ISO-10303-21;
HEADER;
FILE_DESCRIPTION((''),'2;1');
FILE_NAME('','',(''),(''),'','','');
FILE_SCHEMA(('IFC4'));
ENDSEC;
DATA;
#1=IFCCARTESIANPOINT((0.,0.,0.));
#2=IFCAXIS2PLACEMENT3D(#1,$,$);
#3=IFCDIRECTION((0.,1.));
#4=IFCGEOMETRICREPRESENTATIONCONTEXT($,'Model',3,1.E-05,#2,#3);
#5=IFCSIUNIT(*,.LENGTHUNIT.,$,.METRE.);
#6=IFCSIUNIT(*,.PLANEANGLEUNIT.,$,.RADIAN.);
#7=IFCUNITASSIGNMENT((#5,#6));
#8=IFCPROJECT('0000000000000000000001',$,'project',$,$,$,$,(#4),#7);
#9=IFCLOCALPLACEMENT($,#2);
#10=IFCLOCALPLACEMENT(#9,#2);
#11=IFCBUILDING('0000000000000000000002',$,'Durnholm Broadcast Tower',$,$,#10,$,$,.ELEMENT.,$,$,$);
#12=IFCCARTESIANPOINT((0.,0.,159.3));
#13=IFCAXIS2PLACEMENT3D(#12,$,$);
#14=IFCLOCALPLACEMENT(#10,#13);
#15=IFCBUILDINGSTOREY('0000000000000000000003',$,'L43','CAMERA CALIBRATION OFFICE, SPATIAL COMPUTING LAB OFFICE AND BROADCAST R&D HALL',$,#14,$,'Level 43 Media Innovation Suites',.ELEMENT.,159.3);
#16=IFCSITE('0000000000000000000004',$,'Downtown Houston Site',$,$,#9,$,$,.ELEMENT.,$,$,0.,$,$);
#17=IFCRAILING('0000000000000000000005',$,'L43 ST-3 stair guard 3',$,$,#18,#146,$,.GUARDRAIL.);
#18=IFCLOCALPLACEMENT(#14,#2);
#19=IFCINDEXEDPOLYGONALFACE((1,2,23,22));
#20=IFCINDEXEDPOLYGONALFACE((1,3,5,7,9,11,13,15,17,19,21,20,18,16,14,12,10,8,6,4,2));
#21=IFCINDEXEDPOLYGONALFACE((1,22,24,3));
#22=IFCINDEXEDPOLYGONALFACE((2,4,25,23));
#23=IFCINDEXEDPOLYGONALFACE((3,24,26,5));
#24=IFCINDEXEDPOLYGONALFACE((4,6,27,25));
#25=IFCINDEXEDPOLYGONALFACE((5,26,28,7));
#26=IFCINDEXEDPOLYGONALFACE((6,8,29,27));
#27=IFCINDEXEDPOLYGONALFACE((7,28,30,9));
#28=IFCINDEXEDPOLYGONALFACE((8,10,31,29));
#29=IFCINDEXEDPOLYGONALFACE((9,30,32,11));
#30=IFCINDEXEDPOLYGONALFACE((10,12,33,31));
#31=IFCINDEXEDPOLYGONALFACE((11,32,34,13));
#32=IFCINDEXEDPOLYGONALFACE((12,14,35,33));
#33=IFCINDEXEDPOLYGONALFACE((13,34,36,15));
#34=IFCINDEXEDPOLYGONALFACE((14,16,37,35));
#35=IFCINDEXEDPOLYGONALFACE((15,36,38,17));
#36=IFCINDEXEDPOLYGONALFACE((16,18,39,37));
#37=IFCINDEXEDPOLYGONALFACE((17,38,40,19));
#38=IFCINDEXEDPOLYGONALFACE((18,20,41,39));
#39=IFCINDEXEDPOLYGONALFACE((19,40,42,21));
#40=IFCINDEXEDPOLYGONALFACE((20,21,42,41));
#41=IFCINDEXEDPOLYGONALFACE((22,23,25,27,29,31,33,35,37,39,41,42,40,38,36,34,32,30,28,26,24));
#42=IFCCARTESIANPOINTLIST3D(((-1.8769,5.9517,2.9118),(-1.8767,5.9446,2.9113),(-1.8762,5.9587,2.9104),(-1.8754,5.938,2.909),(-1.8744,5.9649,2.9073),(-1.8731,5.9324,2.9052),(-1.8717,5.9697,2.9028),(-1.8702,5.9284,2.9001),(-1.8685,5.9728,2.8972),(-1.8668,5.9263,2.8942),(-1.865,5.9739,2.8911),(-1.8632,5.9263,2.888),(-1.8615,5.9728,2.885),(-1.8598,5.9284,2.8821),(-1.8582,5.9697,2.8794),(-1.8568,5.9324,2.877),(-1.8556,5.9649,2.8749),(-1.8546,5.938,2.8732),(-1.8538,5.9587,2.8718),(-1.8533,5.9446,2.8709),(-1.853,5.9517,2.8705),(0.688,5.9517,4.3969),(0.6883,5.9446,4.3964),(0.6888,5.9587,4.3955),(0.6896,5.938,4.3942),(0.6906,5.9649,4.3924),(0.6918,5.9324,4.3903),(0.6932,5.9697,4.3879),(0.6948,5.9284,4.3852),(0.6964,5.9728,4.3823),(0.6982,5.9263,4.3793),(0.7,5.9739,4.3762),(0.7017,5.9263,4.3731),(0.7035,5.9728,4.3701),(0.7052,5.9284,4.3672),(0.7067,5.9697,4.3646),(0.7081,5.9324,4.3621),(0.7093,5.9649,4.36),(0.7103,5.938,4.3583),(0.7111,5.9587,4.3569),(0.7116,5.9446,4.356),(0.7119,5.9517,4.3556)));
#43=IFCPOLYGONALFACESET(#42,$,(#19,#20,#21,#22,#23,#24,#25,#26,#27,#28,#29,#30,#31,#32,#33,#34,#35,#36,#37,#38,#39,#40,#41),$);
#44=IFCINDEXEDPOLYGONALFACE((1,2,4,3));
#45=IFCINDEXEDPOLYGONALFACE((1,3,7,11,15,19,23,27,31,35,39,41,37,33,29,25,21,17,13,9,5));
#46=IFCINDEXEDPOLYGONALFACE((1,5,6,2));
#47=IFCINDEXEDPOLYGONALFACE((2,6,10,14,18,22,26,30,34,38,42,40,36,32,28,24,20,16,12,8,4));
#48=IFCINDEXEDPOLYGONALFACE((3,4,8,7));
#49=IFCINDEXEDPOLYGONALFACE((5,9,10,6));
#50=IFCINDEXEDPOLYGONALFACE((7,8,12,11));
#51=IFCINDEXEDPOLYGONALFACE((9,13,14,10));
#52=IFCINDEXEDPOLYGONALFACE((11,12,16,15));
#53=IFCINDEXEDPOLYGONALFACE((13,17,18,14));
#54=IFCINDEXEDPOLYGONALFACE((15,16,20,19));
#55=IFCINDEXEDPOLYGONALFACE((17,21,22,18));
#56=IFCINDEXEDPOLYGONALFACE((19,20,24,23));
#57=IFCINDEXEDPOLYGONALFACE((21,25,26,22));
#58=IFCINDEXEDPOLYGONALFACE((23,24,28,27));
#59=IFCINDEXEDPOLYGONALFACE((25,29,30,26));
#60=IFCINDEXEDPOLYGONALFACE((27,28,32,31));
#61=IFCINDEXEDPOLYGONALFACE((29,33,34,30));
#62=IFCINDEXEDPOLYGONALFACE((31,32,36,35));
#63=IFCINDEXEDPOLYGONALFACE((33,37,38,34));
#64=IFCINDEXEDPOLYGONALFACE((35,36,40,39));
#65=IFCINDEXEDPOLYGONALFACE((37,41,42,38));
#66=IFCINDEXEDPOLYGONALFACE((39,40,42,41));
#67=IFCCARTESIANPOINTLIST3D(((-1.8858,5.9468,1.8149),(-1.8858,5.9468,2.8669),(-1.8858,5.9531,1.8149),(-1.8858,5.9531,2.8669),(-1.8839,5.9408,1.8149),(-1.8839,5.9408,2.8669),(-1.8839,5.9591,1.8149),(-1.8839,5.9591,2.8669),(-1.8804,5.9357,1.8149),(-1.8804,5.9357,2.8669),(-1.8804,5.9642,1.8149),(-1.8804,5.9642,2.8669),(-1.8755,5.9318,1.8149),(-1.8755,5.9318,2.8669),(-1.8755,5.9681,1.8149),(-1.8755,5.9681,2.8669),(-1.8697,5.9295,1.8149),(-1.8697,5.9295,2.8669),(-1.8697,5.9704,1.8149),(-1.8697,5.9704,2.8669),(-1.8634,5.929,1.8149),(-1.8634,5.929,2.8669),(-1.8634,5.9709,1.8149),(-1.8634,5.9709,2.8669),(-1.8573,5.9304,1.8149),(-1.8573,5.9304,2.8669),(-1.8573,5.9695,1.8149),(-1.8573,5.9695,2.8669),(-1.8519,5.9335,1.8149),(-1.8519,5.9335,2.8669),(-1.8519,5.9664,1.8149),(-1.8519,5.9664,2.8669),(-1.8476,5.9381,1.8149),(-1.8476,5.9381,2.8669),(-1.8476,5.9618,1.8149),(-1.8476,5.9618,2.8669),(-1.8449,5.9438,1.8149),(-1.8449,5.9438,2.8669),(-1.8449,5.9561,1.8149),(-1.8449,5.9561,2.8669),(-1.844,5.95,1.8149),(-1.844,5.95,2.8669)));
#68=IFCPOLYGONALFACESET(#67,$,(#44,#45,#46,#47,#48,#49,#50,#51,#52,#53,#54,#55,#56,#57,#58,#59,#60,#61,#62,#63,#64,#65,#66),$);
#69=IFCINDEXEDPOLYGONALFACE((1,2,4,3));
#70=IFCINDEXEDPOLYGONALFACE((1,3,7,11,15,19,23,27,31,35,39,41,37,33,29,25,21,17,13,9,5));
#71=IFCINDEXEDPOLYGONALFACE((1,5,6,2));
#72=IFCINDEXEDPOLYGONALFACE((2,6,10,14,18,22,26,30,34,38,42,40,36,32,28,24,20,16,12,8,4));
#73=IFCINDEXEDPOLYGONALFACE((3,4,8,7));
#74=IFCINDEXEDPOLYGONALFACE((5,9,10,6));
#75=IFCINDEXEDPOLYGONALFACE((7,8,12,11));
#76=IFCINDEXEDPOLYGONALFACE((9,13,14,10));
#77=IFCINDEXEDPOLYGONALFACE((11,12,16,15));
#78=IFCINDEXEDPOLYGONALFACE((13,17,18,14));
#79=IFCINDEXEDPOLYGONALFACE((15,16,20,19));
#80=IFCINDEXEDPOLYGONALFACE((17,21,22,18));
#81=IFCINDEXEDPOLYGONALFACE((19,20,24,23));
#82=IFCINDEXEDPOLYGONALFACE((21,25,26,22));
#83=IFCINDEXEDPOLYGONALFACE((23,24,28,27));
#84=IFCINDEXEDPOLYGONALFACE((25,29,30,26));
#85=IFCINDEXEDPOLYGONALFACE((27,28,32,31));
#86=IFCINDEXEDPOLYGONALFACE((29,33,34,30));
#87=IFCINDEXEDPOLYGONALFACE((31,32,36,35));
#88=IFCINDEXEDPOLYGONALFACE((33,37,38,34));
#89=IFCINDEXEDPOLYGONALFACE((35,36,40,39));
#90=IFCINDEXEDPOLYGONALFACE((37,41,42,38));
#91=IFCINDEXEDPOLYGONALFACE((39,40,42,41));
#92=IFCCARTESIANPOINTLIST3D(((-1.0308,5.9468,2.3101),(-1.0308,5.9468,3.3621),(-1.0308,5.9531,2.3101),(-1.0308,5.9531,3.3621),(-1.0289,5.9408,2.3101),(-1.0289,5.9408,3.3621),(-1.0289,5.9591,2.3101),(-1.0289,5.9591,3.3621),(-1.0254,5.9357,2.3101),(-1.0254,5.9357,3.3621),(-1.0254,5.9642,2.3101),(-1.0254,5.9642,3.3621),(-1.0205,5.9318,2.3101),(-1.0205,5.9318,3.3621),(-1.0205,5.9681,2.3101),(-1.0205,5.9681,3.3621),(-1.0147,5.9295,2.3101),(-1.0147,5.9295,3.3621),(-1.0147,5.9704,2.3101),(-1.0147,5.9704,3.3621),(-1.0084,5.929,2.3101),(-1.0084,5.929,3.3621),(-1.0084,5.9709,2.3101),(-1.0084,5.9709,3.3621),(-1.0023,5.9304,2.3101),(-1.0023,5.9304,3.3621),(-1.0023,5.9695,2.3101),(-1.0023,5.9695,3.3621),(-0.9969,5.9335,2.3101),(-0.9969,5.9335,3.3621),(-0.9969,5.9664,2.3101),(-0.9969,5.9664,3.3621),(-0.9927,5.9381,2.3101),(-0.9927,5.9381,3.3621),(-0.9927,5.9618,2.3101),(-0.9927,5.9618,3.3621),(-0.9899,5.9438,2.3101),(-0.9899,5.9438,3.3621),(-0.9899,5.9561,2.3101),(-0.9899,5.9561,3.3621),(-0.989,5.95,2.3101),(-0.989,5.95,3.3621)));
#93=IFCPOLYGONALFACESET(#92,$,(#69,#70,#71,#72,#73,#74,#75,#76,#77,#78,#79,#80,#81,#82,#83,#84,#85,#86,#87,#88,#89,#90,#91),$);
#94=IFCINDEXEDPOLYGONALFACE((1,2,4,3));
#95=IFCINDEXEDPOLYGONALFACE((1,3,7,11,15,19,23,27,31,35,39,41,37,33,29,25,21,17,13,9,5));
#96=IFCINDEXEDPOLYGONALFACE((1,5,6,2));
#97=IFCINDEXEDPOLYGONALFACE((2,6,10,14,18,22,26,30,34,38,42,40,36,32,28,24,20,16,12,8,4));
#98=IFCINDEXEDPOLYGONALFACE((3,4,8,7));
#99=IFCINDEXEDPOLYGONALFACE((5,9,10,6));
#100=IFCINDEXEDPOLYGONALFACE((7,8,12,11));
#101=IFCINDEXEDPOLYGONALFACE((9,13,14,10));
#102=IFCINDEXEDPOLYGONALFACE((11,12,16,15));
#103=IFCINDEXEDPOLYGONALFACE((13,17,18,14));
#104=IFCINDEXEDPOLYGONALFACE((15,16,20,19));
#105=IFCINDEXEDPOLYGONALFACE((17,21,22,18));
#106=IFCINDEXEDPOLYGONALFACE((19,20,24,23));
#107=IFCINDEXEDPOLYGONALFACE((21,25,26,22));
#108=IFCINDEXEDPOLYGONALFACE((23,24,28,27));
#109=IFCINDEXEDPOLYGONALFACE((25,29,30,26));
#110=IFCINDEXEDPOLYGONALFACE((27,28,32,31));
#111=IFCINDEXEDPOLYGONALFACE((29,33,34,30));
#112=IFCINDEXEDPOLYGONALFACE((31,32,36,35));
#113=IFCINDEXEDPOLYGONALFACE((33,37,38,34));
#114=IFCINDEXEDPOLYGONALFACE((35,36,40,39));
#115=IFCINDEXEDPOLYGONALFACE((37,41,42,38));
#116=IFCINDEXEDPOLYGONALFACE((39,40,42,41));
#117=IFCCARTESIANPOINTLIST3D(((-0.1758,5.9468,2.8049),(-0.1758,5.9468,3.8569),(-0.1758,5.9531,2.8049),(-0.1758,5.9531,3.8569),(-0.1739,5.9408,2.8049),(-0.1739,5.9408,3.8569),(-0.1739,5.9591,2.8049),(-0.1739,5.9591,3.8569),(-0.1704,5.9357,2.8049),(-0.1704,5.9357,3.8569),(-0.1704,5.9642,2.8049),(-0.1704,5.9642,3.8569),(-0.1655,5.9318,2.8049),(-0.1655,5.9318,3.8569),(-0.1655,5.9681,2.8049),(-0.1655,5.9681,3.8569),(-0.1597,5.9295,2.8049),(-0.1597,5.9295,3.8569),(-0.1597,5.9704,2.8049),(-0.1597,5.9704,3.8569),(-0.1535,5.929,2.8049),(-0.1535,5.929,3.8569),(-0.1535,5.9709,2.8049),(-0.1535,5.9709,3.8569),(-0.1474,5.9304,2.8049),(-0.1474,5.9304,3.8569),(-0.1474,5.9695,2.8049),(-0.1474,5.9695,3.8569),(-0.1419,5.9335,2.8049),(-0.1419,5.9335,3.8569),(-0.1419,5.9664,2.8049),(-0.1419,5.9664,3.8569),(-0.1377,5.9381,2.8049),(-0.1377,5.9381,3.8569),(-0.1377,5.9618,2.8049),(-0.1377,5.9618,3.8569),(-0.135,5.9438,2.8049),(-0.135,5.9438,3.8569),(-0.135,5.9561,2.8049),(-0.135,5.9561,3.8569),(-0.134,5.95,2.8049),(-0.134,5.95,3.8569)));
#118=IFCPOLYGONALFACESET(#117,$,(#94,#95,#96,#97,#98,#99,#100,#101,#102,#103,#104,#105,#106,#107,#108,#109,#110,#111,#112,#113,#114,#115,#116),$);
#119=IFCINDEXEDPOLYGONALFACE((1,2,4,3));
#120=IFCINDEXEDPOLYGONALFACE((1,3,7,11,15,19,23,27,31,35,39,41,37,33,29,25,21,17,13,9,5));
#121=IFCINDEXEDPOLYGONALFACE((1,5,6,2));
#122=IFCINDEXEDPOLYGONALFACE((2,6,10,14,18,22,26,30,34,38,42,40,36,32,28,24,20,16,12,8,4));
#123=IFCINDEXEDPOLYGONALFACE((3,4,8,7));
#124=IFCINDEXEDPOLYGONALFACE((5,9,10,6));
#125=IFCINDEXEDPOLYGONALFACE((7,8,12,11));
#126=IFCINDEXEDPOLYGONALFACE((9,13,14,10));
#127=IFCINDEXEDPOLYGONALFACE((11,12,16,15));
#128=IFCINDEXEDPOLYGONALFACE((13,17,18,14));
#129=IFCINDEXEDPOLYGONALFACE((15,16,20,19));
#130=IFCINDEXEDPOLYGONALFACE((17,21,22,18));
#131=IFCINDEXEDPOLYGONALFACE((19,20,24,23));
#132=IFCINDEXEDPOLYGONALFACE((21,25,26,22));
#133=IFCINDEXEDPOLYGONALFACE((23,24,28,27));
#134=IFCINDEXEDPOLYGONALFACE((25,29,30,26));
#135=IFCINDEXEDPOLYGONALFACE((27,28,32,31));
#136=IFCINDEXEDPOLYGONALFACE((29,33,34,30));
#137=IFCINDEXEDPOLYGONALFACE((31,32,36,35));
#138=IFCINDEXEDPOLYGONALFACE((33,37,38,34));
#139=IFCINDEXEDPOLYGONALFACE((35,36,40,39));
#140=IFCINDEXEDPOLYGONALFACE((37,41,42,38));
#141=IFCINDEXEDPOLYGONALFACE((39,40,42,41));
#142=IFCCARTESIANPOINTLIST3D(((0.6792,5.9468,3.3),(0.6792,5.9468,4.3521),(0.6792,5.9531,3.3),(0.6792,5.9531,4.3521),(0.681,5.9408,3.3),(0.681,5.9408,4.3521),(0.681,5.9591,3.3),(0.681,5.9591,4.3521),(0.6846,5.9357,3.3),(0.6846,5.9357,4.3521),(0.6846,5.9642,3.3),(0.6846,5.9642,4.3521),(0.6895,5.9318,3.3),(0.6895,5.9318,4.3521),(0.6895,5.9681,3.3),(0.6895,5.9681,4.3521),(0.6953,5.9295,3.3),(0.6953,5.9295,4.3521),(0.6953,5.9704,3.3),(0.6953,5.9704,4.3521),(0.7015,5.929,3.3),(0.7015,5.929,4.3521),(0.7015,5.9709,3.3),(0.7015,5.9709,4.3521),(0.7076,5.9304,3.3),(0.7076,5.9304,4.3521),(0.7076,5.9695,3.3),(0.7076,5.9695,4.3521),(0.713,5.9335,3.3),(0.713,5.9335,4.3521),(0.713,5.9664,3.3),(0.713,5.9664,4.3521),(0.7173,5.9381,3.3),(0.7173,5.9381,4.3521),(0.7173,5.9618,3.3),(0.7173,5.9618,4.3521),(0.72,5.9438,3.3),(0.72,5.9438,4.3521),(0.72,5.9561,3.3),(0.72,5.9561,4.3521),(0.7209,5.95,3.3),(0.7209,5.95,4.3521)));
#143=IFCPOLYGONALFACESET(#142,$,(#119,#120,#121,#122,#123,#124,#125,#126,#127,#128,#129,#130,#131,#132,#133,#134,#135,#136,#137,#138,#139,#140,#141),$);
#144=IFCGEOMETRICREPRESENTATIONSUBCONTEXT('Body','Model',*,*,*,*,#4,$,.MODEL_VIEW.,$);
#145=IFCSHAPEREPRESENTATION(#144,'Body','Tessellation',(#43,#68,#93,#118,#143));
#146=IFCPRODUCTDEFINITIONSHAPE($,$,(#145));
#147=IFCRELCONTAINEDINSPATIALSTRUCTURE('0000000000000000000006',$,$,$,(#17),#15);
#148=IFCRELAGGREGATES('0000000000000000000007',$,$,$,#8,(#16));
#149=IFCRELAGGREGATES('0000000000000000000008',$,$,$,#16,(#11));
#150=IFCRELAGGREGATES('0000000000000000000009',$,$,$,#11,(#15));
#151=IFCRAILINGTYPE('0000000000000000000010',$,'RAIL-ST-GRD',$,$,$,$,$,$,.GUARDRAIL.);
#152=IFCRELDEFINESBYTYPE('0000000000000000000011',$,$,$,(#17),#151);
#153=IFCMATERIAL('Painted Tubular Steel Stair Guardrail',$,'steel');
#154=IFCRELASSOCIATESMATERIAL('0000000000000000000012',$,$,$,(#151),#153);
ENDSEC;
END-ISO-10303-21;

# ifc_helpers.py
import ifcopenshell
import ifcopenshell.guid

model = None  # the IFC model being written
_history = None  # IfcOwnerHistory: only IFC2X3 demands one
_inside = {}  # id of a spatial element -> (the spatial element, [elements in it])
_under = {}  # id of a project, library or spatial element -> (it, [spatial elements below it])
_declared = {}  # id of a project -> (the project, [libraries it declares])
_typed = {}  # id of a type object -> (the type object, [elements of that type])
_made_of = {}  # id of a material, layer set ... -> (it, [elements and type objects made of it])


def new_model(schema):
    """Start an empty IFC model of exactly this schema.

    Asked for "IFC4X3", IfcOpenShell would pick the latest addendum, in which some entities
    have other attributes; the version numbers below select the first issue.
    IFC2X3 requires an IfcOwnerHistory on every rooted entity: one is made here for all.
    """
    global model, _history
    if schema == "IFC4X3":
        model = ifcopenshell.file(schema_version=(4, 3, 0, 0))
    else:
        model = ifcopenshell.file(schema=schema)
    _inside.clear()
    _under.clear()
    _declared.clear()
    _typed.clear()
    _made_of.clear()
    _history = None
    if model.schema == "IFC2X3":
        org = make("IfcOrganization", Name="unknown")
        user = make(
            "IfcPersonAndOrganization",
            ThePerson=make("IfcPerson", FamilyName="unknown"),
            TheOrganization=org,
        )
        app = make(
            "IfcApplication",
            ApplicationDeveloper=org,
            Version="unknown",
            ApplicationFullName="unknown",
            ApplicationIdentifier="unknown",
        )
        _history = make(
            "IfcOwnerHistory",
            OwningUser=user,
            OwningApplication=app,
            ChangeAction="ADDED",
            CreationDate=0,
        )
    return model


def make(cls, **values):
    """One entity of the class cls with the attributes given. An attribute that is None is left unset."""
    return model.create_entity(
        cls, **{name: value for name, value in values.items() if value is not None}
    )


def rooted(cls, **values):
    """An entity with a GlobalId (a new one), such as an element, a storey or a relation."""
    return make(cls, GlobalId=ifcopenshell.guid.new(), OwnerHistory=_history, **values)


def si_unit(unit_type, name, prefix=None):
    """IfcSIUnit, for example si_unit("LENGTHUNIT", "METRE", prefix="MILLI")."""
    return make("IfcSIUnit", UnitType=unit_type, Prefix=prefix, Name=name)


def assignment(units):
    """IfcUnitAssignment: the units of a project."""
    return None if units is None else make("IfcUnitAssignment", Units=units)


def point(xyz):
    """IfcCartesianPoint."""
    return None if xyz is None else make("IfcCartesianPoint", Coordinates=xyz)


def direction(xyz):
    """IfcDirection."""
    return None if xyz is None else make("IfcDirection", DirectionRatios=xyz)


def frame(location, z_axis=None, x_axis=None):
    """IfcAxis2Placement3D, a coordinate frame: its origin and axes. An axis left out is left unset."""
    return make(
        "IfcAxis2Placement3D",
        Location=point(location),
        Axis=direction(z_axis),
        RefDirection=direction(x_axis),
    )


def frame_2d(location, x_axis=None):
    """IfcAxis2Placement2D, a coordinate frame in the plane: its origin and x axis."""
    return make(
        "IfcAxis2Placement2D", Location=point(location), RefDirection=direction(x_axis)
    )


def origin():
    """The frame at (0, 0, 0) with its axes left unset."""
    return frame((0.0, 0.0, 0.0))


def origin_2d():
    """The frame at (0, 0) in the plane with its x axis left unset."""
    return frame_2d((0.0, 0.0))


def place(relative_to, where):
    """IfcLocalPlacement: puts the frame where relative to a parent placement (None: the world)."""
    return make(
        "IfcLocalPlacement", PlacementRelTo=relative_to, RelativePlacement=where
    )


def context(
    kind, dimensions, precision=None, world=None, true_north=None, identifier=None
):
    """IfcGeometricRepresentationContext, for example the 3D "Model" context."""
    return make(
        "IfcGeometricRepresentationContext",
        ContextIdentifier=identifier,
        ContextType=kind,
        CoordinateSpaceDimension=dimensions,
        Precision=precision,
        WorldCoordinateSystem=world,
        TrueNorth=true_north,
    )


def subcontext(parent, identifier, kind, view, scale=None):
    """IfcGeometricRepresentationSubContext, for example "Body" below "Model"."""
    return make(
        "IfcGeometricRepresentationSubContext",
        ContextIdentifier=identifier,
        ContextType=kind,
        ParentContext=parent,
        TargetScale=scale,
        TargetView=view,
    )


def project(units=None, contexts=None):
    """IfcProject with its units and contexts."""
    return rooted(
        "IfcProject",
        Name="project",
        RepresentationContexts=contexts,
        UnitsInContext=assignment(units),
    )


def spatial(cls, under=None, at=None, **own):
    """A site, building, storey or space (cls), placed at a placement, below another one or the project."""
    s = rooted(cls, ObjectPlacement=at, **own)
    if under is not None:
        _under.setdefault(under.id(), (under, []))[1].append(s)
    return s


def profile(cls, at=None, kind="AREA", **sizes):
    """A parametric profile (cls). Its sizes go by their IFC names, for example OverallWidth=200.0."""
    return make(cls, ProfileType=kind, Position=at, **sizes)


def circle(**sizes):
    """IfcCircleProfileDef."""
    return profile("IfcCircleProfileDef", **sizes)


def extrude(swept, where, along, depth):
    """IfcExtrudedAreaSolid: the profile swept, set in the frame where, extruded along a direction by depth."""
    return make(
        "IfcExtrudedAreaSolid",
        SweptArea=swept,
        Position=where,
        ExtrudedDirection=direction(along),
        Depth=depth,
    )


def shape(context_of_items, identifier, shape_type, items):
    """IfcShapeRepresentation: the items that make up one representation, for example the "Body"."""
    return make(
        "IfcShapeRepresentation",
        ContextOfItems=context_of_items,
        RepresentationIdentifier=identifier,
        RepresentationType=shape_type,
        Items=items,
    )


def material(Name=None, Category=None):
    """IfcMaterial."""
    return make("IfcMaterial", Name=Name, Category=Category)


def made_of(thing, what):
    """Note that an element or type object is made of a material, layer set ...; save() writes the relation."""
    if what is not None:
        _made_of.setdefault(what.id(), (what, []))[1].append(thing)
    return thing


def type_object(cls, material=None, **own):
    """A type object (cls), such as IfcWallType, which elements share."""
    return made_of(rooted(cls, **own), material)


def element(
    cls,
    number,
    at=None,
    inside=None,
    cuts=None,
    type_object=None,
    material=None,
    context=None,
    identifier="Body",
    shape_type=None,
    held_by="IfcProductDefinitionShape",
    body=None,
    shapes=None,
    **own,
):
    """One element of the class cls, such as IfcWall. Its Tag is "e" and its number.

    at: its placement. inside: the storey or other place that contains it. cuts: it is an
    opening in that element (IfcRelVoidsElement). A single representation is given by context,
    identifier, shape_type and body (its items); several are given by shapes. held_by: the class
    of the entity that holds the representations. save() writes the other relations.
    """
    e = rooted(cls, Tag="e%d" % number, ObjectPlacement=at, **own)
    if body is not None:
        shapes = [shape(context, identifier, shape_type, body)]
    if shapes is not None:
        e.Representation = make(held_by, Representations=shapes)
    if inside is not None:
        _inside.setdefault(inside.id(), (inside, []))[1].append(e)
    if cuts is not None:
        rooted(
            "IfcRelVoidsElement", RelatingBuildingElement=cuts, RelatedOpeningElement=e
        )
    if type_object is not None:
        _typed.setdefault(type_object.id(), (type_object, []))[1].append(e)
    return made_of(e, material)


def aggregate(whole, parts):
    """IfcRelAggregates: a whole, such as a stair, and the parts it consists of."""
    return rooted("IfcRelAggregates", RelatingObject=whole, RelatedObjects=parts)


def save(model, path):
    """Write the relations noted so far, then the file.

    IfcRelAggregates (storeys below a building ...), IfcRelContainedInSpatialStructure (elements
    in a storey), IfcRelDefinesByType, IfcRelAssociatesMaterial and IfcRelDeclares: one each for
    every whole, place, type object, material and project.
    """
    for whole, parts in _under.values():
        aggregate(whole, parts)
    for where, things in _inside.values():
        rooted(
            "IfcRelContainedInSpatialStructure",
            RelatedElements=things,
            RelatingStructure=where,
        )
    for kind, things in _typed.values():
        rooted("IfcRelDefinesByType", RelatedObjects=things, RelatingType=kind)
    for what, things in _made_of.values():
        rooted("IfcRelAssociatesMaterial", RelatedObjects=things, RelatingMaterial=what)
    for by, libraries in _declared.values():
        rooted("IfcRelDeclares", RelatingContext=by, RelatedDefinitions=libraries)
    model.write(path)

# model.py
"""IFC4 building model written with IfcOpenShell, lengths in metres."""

from ifc_helpers import new_model, si_unit, direction, frame, origin, origin_2d, place, context, subcontext, project, spatial, circle, extrude, material, type_object, element, save


model = new_model("IFC4")

# Units and contexts
model_context = context("Model", 3, precision=1e-05, world=origin(), true_north=direction((0.0, 1.0)))
body_context = subcontext(model_context, "Body", "Model", "MODEL_VIEW")
ifc_project = project(units=[si_unit("LENGTHUNIT", "METRE"), si_unit("PLANEANGLEUNIT", "RADIAN")], contexts=[model_context])

# Site, building, storey
site_placement = place(None, origin())
site = spatial("IfcSite", under=ifc_project, at=site_placement, Name="Downtown Houston Site", CompositionType="ELEMENT", RefElevation=0.0)
building_placement = place(site_placement, origin())
building = spatial("IfcBuilding", under=site, at=building_placement, Name="Durnholm Broadcast Tower", CompositionType="ELEMENT")
storey_placement = place(building_placement, frame((0.0, 0.0, 159.3)))
storey = spatial("IfcBuildingStorey", under=building, at=storey_placement, Name="L43", Description="CAMERA CALIBRATION OFFICE, SPATIAL COMPUTING LAB OFFICE AND BROADCAST R&D HALL", LongName="Level 43 Media Innovation Suites", CompositionType="ELEMENT", Elevation=159.3)

# Railing
ifc_material_1 = material(Name="Painted Tubular Steel Stair Guardrail", Category="steel")
railing_type_1 = type_object("IfcRailingType", Name="RAIL-ST-GRD", PredefinedType="GUARDRAIL", material=ifc_material_1)
railing_1_placement = place(storey_placement, frame((-1.865, 5.95, 1.8149)))
element("IfcRailing", 1, at=railing_1_placement, inside=storey, type_object=railing_type_1, Name="L43 ST-3 stair guard 3", PredefinedType="GUARDRAIL", context=body_context, shape_type="SweptSolid", body=[
    extrude(circle(Radius=0.0239, at=origin_2d()), frame((0.0, 0.0, 1.0762), z_axis=(0.865406, 0.0, 0.501072), x_axis=(0.0, 1.0, 0.0)), (0.0, 0.0, 1.0), 2.9639),
    extrude(circle(Radius=0.021, at=origin_2d()), origin(), (0.0, 0.0, 1.0), 1.052),
    extrude(circle(Radius=0.021, at=origin_2d()), frame((0.855, 0.0, 0.4951)), (0.0, 0.0, 1.0), 1.052),
    extrude(circle(Radius=0.021, at=origin_2d()), frame((1.71, 0.0, 0.99)), (0.0, 0.0, 1.0), 1.052),
    extrude(circle(Radius=0.021, at=origin_2d()), frame((2.5649, 0.0, 1.4851)), (0.0, 0.0, 1.0), 1.052),
])

save(model, "model.ifc")
